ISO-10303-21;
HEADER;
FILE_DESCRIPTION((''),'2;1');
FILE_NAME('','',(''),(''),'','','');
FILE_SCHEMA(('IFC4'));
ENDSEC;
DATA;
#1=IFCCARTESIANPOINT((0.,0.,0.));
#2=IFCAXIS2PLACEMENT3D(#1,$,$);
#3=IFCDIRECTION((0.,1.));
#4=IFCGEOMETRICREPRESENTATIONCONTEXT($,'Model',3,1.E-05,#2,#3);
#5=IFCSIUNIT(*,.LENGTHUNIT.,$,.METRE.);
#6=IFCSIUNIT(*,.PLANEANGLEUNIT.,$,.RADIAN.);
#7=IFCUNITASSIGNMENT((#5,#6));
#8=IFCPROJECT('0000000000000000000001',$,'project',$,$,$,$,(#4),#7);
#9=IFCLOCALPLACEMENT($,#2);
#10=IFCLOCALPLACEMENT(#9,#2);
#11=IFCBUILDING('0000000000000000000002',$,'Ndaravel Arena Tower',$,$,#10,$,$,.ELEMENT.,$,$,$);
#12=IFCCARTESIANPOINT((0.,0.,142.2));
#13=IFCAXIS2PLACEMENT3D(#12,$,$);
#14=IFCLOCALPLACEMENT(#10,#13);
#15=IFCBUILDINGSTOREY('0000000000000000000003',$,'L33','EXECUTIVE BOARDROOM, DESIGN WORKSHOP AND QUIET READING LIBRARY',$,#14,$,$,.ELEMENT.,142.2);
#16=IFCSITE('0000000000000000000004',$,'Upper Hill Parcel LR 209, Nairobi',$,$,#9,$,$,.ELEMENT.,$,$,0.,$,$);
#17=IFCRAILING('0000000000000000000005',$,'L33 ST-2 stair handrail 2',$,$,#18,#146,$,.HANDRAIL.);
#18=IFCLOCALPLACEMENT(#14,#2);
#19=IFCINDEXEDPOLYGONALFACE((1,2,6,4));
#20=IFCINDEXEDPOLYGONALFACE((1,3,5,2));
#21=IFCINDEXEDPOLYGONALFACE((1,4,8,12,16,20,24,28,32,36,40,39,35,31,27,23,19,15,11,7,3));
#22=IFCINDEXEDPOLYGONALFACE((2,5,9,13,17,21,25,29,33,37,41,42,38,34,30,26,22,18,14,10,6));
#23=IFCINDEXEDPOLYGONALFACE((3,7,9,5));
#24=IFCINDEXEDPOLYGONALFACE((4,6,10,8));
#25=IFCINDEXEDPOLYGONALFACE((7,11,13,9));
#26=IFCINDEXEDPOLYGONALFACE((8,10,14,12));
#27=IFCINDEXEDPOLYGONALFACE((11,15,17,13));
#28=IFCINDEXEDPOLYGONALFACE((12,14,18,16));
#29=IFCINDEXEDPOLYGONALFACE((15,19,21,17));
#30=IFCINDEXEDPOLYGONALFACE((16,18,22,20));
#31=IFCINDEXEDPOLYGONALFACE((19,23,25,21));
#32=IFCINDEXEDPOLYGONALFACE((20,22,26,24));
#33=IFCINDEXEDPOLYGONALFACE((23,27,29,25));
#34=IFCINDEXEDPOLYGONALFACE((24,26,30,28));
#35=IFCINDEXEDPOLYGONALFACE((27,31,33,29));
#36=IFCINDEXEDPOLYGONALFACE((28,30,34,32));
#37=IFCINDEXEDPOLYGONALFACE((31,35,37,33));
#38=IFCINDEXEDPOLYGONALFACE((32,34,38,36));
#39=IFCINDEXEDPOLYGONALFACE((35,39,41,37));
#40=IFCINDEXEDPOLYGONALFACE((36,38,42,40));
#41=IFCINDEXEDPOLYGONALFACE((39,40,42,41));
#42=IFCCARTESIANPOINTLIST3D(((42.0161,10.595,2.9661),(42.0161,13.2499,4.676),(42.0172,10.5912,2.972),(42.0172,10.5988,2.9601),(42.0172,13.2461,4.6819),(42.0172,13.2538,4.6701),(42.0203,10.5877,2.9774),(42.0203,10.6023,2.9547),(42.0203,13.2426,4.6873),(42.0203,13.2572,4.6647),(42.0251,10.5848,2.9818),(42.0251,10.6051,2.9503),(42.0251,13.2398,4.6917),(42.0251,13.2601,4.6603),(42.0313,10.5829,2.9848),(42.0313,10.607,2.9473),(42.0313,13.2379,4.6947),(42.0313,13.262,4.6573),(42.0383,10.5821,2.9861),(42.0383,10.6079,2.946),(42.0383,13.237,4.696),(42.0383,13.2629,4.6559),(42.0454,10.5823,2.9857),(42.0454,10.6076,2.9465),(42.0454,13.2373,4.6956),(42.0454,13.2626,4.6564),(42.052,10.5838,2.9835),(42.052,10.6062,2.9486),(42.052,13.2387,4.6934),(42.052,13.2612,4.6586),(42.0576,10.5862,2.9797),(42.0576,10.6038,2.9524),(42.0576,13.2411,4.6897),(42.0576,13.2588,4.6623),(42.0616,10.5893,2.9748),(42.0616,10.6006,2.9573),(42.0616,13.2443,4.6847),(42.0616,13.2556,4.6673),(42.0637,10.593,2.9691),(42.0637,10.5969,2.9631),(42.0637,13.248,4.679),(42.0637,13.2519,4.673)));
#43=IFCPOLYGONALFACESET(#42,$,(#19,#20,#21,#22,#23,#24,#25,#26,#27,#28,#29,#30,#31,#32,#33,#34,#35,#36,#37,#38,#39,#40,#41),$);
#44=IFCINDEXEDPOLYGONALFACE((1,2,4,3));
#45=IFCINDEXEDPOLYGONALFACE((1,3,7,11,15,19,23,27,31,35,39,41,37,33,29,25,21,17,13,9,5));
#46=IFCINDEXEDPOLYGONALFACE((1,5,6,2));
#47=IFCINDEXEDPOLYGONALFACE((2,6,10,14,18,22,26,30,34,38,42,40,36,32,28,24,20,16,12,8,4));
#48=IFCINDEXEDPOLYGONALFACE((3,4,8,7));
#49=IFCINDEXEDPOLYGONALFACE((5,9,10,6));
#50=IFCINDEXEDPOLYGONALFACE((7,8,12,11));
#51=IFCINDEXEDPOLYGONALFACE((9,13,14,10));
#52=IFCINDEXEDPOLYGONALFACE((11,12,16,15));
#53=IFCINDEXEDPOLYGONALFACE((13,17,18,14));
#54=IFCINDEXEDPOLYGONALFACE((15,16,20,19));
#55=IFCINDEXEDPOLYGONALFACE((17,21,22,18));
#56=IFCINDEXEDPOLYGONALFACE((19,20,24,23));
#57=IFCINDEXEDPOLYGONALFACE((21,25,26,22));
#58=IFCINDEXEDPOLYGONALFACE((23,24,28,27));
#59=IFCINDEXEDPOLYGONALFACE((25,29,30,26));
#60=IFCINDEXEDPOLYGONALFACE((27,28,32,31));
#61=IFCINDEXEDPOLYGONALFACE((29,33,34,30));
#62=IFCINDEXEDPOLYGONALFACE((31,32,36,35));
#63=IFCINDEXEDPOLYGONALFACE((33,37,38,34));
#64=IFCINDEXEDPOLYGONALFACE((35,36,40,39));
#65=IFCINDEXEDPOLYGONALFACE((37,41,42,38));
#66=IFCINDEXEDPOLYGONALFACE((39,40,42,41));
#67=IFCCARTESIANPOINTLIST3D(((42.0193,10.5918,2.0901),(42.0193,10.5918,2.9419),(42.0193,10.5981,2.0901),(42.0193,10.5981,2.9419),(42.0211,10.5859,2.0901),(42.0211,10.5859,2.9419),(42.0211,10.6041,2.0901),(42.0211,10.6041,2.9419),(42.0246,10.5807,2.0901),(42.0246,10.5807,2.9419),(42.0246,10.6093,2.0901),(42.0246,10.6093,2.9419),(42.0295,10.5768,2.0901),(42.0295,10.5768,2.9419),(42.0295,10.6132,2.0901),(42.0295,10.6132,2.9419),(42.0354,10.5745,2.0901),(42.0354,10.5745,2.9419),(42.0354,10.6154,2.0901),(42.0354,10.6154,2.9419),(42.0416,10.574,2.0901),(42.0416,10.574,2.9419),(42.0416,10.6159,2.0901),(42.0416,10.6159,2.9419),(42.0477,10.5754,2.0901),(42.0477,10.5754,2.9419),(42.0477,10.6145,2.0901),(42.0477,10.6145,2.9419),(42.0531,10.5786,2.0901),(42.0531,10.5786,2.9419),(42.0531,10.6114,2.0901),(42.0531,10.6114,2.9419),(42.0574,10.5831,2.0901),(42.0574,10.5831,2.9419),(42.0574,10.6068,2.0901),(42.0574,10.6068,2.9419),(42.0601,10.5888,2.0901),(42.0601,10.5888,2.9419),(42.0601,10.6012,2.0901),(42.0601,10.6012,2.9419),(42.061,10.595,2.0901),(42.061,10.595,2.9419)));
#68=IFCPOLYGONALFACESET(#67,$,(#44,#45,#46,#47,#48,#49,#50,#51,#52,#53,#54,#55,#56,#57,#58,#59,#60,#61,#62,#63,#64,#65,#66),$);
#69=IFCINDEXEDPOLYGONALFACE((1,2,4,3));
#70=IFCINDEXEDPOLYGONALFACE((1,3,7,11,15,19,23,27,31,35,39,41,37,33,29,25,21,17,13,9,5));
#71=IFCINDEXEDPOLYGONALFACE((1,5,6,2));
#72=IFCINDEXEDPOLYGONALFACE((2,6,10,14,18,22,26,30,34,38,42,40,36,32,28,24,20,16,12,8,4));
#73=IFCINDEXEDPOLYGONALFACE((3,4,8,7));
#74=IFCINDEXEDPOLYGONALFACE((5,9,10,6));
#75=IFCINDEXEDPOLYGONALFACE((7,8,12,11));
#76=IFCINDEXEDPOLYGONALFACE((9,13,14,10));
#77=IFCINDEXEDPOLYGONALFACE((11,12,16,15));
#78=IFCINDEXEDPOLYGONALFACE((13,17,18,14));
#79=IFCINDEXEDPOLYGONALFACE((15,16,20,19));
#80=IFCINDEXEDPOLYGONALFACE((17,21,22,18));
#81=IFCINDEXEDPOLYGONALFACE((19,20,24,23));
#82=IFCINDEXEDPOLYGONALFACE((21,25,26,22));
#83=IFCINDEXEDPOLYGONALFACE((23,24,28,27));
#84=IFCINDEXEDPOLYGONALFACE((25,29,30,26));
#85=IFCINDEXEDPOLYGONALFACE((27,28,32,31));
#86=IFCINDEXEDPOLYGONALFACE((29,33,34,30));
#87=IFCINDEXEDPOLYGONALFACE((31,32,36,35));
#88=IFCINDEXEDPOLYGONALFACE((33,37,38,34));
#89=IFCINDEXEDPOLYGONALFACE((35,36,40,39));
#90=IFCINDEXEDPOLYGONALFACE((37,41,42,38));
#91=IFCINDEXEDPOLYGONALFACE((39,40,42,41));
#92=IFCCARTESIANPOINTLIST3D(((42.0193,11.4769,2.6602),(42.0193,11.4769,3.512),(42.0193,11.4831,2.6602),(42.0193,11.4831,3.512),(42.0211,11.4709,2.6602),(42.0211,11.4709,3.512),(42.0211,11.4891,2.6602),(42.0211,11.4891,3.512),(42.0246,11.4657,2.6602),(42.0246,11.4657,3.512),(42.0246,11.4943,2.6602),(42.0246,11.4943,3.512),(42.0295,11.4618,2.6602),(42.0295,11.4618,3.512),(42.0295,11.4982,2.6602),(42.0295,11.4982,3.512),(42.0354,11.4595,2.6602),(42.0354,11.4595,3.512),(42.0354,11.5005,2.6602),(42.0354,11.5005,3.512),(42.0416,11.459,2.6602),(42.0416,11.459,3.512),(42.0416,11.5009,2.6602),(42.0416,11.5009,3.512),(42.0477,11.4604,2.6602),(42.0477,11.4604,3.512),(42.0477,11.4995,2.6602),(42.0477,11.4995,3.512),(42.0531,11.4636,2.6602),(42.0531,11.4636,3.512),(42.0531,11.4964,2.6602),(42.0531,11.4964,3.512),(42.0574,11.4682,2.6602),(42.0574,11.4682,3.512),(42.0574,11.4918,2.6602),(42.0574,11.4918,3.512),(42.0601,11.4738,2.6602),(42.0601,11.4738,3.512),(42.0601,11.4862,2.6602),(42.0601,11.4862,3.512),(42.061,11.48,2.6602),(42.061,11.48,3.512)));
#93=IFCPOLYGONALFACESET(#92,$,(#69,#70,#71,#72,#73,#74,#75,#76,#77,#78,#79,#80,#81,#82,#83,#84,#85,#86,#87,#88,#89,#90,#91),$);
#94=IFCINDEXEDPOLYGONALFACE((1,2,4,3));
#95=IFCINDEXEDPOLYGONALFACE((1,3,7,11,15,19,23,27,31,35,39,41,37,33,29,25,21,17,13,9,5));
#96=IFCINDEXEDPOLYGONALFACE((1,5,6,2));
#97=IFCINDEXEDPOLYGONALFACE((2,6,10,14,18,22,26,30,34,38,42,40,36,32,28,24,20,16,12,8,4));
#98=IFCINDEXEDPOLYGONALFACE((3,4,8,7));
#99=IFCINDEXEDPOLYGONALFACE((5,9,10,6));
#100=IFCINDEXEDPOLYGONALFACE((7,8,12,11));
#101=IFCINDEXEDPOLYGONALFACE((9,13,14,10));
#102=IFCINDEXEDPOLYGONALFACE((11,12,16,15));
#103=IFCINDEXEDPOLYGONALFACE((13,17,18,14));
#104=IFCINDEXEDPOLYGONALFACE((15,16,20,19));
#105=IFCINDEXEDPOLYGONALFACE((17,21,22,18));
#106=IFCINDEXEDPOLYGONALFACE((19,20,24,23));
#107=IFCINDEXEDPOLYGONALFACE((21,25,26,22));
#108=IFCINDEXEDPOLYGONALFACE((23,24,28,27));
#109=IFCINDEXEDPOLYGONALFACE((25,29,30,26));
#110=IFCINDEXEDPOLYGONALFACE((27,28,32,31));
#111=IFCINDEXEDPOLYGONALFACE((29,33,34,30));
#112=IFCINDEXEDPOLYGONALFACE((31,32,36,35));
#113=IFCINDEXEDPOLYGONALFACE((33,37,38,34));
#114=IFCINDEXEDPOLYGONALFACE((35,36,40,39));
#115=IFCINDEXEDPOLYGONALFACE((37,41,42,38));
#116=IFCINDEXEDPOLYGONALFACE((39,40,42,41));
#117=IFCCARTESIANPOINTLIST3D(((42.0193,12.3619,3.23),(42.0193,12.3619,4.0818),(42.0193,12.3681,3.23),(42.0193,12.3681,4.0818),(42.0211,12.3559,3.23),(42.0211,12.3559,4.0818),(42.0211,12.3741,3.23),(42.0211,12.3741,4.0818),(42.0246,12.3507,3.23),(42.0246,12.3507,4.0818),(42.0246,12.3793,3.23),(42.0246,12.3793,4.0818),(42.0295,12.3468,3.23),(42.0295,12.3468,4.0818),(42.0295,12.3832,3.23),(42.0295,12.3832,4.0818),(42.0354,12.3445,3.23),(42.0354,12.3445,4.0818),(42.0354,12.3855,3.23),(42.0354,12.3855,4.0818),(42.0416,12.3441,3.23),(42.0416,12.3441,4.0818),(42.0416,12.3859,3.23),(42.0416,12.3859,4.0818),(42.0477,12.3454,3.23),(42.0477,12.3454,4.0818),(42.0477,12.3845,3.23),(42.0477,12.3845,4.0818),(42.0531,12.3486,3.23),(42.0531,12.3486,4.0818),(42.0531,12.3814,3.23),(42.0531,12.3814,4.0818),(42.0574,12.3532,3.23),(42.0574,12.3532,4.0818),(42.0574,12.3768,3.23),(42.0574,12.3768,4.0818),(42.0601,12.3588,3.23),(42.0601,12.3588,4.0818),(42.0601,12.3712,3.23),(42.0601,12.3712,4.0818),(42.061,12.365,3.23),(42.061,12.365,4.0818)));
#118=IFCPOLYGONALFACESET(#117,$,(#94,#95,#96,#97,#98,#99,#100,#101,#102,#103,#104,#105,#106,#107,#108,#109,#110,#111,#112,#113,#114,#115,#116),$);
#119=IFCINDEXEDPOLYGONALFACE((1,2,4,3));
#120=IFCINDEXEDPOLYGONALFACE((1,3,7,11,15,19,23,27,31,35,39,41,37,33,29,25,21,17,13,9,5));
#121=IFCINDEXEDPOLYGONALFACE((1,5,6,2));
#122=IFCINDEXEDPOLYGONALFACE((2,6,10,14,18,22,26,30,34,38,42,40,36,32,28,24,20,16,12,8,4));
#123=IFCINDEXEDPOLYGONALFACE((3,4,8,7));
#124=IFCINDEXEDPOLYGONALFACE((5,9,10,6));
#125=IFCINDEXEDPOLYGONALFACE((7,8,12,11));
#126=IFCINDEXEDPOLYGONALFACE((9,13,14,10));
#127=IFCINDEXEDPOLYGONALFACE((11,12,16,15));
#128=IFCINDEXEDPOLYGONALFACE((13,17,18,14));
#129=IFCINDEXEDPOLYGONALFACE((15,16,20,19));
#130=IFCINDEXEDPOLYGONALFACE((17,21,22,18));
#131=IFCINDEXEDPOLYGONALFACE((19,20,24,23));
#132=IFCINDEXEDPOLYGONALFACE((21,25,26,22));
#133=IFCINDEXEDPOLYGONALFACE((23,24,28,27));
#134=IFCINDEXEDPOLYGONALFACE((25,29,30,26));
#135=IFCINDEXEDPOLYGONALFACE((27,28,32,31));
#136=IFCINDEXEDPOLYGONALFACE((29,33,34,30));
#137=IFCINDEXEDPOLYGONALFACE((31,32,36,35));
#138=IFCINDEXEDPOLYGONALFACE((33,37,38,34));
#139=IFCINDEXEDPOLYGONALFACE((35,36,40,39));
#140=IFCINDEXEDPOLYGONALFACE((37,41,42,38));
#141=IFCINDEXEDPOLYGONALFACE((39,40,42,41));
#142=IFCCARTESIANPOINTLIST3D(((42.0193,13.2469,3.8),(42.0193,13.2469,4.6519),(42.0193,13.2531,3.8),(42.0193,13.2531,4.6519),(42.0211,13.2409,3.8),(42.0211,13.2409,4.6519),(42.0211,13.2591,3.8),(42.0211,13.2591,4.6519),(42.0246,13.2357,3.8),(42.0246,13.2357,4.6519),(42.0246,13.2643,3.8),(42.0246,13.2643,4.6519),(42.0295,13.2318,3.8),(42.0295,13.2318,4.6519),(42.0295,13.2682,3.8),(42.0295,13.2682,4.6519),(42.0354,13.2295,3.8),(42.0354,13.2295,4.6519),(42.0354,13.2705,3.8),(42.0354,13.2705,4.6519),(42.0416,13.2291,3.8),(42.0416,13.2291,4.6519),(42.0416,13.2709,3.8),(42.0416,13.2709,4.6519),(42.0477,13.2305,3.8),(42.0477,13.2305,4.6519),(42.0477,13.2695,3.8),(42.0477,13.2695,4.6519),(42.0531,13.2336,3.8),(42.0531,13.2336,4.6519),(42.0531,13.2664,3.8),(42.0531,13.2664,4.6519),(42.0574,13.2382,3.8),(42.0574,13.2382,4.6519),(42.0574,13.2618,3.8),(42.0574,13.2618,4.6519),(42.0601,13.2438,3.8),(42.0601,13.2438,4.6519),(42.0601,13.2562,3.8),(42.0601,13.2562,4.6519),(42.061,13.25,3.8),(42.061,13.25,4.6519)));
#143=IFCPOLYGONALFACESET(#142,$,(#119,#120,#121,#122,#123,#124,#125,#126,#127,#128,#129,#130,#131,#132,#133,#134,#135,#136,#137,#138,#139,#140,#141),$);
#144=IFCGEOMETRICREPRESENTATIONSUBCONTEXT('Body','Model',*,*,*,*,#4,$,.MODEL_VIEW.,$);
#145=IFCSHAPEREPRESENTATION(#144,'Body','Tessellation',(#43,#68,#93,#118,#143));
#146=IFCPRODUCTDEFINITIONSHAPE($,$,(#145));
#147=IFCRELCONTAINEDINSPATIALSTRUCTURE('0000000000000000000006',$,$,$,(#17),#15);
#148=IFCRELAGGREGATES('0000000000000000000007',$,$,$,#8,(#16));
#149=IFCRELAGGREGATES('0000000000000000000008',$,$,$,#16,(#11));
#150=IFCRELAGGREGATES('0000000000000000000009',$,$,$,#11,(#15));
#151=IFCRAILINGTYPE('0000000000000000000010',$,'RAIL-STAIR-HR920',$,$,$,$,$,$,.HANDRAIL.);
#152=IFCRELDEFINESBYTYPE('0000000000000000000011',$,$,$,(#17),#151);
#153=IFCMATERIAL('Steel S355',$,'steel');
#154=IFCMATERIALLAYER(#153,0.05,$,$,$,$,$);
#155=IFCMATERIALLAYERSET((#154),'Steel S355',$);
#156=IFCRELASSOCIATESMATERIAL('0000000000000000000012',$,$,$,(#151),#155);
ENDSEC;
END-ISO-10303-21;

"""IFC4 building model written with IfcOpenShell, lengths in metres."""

from ifc_helpers import new_model, si_unit, direction, frame, origin, origin_2d, place, context, subcontext, project, spatial, circle, extrude, material, layer, layer_set, type_object, element, save


model = new_model("IFC4")

# Units and contexts
model_context = context("Model", 3, precision=1e-05, world=origin(), true_north=direction((0.0, 1.0)))
body_context = subcontext(model_context, "Body", "Model", "MODEL_VIEW")
ifc_project = project(units=[si_unit("LENGTHUNIT", "METRE"), si_unit("PLANEANGLEUNIT", "RADIAN")], contexts=[model_context])

# Site, building, storey
site_placement = place(None, origin())
site = spatial("IfcSite", under=ifc_project, at=site_placement, Name="Upper Hill Parcel LR 209, Nairobi", CompositionType="ELEMENT", RefElevation=0.0)
building_placement = place(site_placement, origin())
building = spatial("IfcBuilding", under=site, at=building_placement, Name="Ndaravel Arena Tower", CompositionType="ELEMENT")
storey_placement = place(building_placement, frame((0.0, 0.0, 142.2)))
storey = spatial("IfcBuildingStorey", under=building, at=storey_placement, Name="L33", Description="EXECUTIVE BOARDROOM, DESIGN WORKSHOP AND QUIET READING LIBRARY", CompositionType="ELEMENT", Elevation=142.2)

# Railing
ifc_material_1 = material(Name="Steel S355", Category="steel")
ifc_layer_1 = layer(ifc_material_1, 0.05)
ifc_layer_set_1 = layer_set([ifc_layer_1], Name="Steel S355")
railing_type_1 = type_object("IfcRailingType", Name="RAIL-STAIR-HR920", PredefinedType="HANDRAIL", material=ifc_layer_set_1)
railing_1_placement = place(storey_placement, frame((42.04, 10.595, 2.0901)))
element("IfcRailing", 1, at=railing_1_placement, inside=storey, type_object=railing_type_1, Name="L33 ST-2 stair handrail 2", PredefinedType="HANDRAIL", context=body_context, shape_type="SweptSolid", body=[
    extrude(circle(Radius=0.0239, at=origin_2d()), frame((0.0, 0.0, 0.876), z_axis=(0.0, 0.840724, 0.541465), x_axis=(-1.0, 0.0, 0.0)), (0.0, 0.0, 1.0), 3.158),
    extrude(circle(Radius=0.021, at=origin_2d()), origin(), (0.0, 0.0, 1.0), 0.8518),
    extrude(circle(Radius=0.021, at=origin_2d()), frame((0.0, 0.885, 0.5701)), (0.0, 0.0, 1.0), 0.8518),
    extrude(circle(Radius=0.021, at=origin_2d()), frame((0.0, 1.77, 1.1399)), (0.0, 0.0, 1.0), 0.8518),
    extrude(circle(Radius=0.021, at=origin_2d()), frame((0.0, 2.655, 1.71)), (0.0, 0.0, 1.0), 0.8518),
])

save(model, "model.ifc")
